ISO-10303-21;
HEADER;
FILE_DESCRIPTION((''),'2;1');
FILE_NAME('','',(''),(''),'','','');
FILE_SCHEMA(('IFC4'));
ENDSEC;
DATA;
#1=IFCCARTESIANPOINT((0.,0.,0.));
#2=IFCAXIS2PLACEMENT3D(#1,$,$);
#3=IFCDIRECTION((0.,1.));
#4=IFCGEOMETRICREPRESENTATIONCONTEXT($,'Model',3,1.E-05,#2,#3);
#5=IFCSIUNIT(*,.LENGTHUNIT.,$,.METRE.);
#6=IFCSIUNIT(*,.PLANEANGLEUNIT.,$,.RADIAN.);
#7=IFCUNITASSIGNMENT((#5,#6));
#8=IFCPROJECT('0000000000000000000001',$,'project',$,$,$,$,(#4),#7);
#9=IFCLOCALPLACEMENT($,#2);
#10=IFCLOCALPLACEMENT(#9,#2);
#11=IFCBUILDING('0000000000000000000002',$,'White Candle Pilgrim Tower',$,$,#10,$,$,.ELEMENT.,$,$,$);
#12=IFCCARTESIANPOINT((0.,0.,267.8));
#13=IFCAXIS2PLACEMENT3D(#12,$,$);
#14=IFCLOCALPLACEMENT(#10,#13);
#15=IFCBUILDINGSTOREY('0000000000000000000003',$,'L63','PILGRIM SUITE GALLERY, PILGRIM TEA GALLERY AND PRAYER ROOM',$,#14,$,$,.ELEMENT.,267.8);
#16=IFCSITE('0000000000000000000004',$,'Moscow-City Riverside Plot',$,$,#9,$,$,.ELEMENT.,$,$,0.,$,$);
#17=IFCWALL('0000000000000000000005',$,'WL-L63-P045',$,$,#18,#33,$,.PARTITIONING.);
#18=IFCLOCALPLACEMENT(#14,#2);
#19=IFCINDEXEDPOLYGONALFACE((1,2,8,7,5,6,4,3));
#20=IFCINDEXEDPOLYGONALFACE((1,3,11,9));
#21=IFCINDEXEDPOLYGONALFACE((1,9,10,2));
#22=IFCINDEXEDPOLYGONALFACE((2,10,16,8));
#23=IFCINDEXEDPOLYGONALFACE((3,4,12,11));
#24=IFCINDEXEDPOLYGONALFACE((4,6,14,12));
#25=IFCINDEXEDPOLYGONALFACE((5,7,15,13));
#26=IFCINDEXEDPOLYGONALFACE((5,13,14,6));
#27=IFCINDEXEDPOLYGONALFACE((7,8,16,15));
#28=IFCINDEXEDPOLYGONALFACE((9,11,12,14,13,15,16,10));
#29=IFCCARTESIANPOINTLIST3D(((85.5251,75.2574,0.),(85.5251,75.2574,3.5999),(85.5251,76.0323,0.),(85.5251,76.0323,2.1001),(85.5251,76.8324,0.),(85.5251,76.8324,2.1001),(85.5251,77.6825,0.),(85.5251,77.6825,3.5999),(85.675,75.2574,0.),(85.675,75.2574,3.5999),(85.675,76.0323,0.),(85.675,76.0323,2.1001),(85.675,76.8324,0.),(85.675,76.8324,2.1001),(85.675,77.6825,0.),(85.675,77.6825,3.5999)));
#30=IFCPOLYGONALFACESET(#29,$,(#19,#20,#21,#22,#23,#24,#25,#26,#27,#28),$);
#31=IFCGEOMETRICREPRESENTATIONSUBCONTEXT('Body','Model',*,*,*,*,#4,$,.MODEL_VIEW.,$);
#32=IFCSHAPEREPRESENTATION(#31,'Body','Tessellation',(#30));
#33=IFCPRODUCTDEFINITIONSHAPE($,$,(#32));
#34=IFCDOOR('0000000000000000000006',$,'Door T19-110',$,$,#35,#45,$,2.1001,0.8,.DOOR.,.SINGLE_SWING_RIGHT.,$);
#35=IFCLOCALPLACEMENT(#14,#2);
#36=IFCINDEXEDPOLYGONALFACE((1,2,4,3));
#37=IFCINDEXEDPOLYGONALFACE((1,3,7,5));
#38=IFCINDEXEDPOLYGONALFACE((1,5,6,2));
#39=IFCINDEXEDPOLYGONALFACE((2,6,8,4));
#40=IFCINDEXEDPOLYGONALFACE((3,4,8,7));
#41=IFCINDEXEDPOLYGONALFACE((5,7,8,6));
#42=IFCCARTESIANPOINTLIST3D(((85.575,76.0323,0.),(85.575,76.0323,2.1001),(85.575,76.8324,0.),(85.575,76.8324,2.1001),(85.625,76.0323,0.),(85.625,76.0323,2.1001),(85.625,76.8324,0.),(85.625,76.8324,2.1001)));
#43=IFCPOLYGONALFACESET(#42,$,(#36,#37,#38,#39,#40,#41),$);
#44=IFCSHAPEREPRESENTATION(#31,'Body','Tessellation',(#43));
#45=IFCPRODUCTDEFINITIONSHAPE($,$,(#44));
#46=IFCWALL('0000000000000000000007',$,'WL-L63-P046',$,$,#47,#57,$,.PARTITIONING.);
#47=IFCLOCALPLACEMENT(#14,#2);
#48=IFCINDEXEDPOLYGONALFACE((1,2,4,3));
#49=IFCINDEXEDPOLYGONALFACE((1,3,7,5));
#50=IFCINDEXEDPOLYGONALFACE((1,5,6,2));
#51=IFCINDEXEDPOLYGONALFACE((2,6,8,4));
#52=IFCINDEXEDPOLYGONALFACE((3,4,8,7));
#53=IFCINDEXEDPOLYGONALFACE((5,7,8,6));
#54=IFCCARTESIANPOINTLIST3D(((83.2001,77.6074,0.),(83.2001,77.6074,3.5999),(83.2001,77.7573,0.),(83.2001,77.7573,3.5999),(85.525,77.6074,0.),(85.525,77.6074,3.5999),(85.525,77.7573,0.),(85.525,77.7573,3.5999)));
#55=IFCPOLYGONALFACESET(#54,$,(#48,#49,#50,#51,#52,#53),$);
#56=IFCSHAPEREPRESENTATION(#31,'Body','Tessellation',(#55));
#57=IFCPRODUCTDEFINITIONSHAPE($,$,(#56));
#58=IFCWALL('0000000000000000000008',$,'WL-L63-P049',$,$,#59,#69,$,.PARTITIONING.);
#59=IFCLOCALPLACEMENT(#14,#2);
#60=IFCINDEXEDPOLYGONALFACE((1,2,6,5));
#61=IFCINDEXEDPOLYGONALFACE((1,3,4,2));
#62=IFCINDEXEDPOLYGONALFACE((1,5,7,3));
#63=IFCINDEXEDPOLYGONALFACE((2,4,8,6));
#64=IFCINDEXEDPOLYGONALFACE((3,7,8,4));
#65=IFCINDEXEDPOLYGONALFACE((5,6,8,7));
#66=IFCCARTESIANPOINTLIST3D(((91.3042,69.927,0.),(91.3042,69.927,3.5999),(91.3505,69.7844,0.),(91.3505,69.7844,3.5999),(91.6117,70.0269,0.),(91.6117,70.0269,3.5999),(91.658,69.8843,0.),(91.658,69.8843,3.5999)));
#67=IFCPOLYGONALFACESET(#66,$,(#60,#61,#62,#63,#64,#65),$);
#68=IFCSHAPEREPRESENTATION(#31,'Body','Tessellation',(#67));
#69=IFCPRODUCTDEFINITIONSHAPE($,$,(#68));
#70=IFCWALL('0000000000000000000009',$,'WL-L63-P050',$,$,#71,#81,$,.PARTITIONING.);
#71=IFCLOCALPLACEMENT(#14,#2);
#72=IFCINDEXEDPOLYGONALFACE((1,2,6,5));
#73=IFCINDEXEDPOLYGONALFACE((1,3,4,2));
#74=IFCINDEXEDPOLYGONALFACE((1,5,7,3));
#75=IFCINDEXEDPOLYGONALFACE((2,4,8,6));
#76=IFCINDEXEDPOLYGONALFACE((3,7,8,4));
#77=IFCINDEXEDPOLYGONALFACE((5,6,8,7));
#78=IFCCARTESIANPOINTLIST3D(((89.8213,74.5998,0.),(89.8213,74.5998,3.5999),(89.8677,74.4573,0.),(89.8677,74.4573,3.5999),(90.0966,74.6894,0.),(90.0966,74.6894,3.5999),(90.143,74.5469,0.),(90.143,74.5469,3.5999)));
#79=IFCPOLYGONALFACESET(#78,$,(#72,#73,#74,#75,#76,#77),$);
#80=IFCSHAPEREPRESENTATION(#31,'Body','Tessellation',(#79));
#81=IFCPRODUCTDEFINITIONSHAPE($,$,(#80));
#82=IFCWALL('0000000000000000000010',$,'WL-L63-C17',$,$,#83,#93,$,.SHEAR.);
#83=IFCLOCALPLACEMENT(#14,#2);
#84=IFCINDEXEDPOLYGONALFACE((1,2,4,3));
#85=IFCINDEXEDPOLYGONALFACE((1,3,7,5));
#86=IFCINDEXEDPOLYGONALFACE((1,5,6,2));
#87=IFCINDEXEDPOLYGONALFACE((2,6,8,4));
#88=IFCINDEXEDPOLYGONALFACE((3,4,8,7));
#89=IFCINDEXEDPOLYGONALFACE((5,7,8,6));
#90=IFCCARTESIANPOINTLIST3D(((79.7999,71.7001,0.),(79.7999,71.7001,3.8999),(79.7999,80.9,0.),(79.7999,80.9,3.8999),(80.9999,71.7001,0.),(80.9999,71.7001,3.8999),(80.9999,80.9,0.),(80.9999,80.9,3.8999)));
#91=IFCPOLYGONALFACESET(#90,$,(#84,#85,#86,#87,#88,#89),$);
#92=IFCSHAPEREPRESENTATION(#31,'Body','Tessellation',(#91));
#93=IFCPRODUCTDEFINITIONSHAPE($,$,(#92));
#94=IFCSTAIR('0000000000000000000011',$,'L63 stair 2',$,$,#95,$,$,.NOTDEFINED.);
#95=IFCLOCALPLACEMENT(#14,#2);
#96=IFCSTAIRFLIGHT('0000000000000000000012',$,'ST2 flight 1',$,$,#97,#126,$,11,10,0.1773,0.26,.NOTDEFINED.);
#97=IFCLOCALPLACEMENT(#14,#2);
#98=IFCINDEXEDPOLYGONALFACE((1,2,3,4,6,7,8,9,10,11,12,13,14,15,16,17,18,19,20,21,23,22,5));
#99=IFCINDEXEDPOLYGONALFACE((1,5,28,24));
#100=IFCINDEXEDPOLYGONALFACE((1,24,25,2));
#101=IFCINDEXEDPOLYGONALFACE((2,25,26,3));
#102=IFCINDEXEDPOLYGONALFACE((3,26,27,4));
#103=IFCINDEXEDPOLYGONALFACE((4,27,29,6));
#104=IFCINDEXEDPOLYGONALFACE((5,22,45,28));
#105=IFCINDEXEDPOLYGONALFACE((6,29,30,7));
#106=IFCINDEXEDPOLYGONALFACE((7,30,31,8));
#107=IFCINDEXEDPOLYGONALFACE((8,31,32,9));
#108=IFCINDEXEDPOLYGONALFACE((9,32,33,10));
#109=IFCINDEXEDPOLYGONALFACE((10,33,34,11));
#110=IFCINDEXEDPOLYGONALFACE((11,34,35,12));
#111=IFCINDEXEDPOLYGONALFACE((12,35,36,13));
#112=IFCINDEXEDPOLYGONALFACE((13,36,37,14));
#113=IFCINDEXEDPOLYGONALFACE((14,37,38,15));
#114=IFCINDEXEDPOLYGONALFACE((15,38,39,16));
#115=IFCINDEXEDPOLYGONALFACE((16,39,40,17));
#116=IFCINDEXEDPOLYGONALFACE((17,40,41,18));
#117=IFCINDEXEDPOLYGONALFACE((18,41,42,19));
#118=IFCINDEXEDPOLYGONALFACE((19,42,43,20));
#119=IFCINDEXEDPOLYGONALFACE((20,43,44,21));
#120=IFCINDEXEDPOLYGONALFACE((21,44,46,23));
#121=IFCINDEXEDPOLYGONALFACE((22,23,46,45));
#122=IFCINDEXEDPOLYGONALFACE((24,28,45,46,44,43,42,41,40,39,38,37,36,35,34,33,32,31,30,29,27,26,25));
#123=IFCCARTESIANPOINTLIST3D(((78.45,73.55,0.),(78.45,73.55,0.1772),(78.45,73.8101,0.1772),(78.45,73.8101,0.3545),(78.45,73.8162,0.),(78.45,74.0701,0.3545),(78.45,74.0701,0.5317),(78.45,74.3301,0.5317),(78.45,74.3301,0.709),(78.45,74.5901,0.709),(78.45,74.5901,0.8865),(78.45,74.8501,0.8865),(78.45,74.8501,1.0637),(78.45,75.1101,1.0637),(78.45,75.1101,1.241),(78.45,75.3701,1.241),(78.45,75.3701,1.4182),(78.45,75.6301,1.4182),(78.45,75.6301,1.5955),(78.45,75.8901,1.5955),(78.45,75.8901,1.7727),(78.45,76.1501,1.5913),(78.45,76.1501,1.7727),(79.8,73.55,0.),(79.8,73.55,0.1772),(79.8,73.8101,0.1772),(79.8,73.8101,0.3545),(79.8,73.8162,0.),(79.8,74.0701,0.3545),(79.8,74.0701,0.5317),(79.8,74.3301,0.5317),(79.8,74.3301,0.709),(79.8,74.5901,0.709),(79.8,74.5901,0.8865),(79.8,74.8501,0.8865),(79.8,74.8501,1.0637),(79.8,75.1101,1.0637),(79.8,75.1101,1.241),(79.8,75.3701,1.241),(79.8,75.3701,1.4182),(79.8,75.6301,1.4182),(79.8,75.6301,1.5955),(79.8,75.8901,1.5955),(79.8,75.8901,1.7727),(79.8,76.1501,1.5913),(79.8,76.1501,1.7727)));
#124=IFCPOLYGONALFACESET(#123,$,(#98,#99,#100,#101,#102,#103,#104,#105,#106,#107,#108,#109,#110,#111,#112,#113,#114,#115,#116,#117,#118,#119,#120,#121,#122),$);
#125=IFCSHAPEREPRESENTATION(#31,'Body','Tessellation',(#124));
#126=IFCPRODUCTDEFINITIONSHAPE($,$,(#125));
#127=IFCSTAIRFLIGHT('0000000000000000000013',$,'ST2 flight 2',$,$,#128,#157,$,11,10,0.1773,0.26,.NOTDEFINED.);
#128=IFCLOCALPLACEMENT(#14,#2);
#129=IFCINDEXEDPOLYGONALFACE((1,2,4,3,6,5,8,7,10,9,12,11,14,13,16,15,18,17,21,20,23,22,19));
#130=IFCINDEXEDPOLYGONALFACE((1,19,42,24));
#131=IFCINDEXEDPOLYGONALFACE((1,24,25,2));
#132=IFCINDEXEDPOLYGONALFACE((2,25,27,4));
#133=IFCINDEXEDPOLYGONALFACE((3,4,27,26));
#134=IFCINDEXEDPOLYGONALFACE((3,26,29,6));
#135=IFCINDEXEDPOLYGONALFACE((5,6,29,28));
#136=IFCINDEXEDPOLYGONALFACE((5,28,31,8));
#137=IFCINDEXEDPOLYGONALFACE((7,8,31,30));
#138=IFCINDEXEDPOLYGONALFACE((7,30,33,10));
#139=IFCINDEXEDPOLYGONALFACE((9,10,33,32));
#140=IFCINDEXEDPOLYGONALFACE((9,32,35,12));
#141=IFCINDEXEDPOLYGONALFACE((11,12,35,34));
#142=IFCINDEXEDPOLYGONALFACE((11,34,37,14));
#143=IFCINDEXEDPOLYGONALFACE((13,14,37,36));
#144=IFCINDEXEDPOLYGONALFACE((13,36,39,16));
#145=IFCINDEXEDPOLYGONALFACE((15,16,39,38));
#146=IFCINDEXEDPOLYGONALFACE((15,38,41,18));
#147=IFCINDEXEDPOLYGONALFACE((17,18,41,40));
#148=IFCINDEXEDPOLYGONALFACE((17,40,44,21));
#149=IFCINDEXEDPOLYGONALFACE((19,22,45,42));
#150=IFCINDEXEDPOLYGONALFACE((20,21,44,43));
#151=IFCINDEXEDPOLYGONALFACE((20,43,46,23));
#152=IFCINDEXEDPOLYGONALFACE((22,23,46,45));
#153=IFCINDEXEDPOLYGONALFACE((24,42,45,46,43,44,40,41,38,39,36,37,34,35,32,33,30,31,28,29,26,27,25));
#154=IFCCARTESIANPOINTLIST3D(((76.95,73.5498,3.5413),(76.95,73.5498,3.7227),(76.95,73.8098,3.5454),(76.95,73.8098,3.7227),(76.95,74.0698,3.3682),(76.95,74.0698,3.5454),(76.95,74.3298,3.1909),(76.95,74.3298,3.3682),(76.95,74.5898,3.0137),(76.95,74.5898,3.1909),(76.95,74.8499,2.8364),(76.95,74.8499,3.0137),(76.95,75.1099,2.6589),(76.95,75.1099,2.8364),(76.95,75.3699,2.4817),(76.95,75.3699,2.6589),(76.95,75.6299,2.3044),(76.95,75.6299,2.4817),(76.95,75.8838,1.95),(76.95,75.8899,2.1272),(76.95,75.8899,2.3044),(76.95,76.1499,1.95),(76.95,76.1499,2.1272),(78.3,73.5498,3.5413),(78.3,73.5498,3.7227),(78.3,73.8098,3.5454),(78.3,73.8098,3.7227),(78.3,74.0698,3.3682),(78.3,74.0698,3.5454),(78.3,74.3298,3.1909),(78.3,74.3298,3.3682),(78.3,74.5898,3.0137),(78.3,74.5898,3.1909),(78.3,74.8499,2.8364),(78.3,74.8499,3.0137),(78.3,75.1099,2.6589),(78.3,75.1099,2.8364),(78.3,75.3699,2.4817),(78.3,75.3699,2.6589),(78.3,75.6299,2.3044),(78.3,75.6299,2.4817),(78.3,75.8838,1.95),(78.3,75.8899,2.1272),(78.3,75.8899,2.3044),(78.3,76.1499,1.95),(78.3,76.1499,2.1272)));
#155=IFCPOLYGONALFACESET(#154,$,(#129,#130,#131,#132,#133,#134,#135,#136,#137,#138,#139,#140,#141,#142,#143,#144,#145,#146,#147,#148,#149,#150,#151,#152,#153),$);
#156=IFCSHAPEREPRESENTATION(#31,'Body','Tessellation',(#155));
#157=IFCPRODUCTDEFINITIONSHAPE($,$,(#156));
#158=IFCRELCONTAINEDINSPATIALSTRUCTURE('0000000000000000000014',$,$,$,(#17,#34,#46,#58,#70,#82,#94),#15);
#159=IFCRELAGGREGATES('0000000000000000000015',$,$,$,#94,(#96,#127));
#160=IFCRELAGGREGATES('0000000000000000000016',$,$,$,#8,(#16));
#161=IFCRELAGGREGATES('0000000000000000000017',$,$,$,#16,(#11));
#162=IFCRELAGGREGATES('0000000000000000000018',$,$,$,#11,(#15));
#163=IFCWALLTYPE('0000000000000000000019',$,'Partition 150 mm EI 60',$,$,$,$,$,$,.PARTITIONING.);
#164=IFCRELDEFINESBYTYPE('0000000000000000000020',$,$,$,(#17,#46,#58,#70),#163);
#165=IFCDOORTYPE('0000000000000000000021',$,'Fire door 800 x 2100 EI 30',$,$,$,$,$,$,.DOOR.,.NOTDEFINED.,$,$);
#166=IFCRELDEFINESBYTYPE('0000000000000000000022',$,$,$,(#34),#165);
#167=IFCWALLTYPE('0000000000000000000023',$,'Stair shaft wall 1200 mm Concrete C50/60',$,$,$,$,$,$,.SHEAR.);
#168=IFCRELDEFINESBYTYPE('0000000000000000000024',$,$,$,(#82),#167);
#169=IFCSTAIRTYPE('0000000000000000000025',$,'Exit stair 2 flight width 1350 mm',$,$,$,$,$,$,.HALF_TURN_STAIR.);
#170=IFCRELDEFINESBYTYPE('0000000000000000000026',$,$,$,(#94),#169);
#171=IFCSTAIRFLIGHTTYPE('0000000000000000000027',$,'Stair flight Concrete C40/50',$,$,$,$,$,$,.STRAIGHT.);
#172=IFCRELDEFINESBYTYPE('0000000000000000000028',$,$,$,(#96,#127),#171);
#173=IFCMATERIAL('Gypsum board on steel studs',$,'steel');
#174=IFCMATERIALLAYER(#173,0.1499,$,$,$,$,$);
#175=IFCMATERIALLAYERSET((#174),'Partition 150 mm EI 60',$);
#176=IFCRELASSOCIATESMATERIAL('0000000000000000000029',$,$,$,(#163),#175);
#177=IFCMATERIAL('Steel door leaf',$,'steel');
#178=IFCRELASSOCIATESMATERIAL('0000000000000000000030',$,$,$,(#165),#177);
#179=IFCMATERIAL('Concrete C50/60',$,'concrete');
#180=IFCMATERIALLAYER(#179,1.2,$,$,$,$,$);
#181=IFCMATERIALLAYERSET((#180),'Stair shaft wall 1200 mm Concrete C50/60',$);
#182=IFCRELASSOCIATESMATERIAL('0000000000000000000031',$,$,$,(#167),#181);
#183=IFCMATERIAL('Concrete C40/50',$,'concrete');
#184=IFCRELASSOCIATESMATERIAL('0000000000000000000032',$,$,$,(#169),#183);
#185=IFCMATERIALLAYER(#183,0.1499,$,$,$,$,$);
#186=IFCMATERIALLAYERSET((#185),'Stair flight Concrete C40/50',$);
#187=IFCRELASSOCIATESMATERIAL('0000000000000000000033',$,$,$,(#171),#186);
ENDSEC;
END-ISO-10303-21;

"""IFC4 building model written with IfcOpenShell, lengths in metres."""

from ifc_helpers import new_model, si_unit, direction, frame, frame_2d, origin, place, context, subcontext, project, spatial, polyline, rectangle, outline, extrude, material, layer, layer_set, type_object, element, fill, aggregate, save


model = new_model("IFC4")

# Units and contexts
model_context = context("Model", 3, precision=1e-05, world=origin(), true_north=direction((0.0, 1.0)))
body_context = subcontext(model_context, "Body", "Model", "MODEL_VIEW")
ifc_project = project(units=[si_unit("LENGTHUNIT", "METRE"), si_unit("PLANEANGLEUNIT", "RADIAN")], contexts=[model_context])

# Site, building, storey
site_placement = place(None, origin())
site = spatial("IfcSite", under=ifc_project, at=site_placement, Name="Moscow-City Riverside Plot", CompositionType="ELEMENT", RefElevation=0.0)
building_placement = place(site_placement, origin())
building = spatial("IfcBuilding", under=site, at=building_placement, Name="White Candle Pilgrim Tower", CompositionType="ELEMENT")
storey_placement = place(building_placement, frame((0.0, 0.0, 267.8)))
storey = spatial("IfcBuildingStorey", under=building, at=storey_placement, Name="L63", Description="PILGRIM SUITE GALLERY, PILGRIM TEA GALLERY AND PRAYER ROOM", CompositionType="ELEMENT", Elevation=267.8)

# Shared definitions
ifc_material_1 = material(Name="Concrete C50/60", Category="concrete")

# Shared definitions
ifc_material_2 = material(Name="Steel door leaf", Category="steel")

# Shared definitions
ifc_material_3 = material(Name="Gypsum board on steel studs", Category="steel")

# Shared definitions
ifc_layer_1 = layer(ifc_material_3, 0.1499)
ifc_layer_set_1 = layer_set([ifc_layer_1], Name="Partition 150 mm EI 60")
wall_type_1 = type_object("IfcWallType", Name="Partition 150 mm EI 60", PredefinedType="PARTITIONING", material=ifc_layer_set_1)

# Wall, opening, door
wall_1_placement = place(storey_placement, frame((85.6001, 77.6824, 0.0), z_axis=(0.0, 0.0, 1.0), x_axis=(0.0, -1.0, 0.0)))
wall_1 = element("IfcWall", 1, at=wall_1_placement, inside=storey, type_object=wall_type_1, Name="WL-L63-P045", PredefinedType="PARTITIONING", context=body_context, shape_type="SweptSolid", body=[
    extrude(rectangle(XDim=2.425, YDim=0.1499, at=frame_2d((1.2124, 0.0))), origin(), (0.0, 0.0, 1.0), 3.5999),
])
opening_1_placement = place(wall_1_placement, frame((0.8501, 0.0, 0.0)))
opening_1 = element("IfcOpeningElement", 2, at=opening_1_placement, cuts=wall_1, PredefinedType="OPENING", context=body_context, shape_type="SweptSolid", body=[
    extrude(rectangle(XDim=0.8, YDim=2.1001, at=frame_2d((0.3999, 1.05))), frame((0.0, 0.085, 0.0), z_axis=(0.0, -1.0, 0.0), x_axis=(1.0, 0.0, 0.0)), (0.0, 0.0, 1.0), 0.1699),
])
door_type_1 = type_object("IfcDoorType", Name="Fire door 800 x 2100 EI 30", OperationType="NOTDEFINED", PredefinedType="DOOR", material=ifc_material_2)
door_1_placement = place(opening_1_placement, origin())
door_1 = element("IfcDoor", 3, at=door_1_placement, inside=storey, type_object=door_type_1, Name="Door T19-110", OperationType="SINGLE_SWING_RIGHT", OverallHeight=2.1001, OverallWidth=0.8, PredefinedType="DOOR", context=body_context, shape_type="SweptSolid", body=[
    extrude(rectangle(XDim=0.8, YDim=2.1001, at=frame_2d((0.3999, 1.05))), frame((0.0, 0.0249, 0.0), z_axis=(0.0, -1.0, 0.0), x_axis=(1.0, 0.0, 0.0)), (0.0, 0.0, 1.0), 0.05),
])
fill(opening_1, door_1)

# Walls
wall_2_placement = place(storey_placement, frame((83.2, 77.6824, 0.0), z_axis=(0.0, 0.0, 1.0), x_axis=(1.0, 0.0, 0.0)))
element("IfcWall", 4, at=wall_2_placement, inside=storey, type_object=wall_type_1, Name="WL-L63-P046", PredefinedType="PARTITIONING", context=body_context, shape_type="SweptSolid", body=[
    extrude(rectangle(XDim=2.325, YDim=0.1499, at=frame_2d((1.1626, 0.0))), origin(), (0.0, 0.0, 1.0), 3.5999),
])
wall_3_placement = place(storey_placement, frame((91.3274, 69.8557, 0.0), z_axis=(0.0, 0.0, 1.0), x_axis=(0.951073, 0.308967, 0.0)))
element("IfcWall", 5, at=wall_3_placement, inside=storey, type_object=wall_type_1, Name="WL-L63-P049", PredefinedType="PARTITIONING", context=body_context, shape_type="SweptSolid", body=[
    extrude(rectangle(XDim=0.3232, YDim=0.1499, at=frame_2d((0.1616, 0.0))), origin(), (0.0, 0.0, 1.0), 3.5999),
])
wall_4_placement = place(storey_placement, frame((89.8445, 74.5286, 0.0), z_axis=(0.0, 0.0, 1.0), x_axis=(0.950935, 0.309391, 0.0)))
element("IfcWall", 6, at=wall_4_placement, inside=storey, type_object=wall_type_1, Name="WL-L63-P050", PredefinedType="PARTITIONING", context=body_context, shape_type="SweptSolid", body=[
    extrude(rectangle(XDim=0.2896, YDim=0.1499, at=frame_2d((0.1448, 0.0))), origin(), (0.0, 0.0, 1.0), 3.5999),
])
ifc_layer_2 = layer(ifc_material_1, 1.2)
ifc_layer_set_2 = layer_set([ifc_layer_2], Name="Stair shaft wall 1200 mm Concrete C50/60")
wall_type_2 = type_object("IfcWallType", Name="Stair shaft wall 1200 mm Concrete C50/60", PredefinedType="SHEAR", material=ifc_layer_set_2)
wall_5_placement = place(storey_placement, frame((80.3999, 71.7, 0.0), z_axis=(0.0, 0.0, 1.0), x_axis=(0.0, 1.0, 0.0)))
element("IfcWall", 7, at=wall_5_placement, inside=storey, type_object=wall_type_2, Name="WL-L63-C17", PredefinedType="SHEAR", context=body_context, shape_type="SweptSolid", body=[
    extrude(rectangle(XDim=9.2, YDim=1.2, at=frame_2d((4.6001, 0.0))), origin(), (0.0, 0.0, 1.0), 3.8999),
])

# Stair, stair flights
ifc_material_4 = material(Name="Concrete C40/50", Category="concrete")
stair_type = type_object("IfcStairType", Name="Exit stair 2 flight width 1350 mm", PredefinedType="HALF_TURN_STAIR", material=ifc_material_4)
stair_placement = place(storey_placement, origin())
stair = element("IfcStair", 8, at=stair_placement, inside=storey, type_object=stair_type, Name="L63 stair 2", PredefinedType="NOTDEFINED")
ifc_layer_3 = layer(ifc_material_4, 0.1499)
ifc_layer_set_3 = layer_set([ifc_layer_3], Name="Stair flight Concrete C40/50")
stair_flight_type = type_object("IfcStairFlightType", Name="Stair flight Concrete C40/50", PredefinedType="STRAIGHT", material=ifc_layer_set_3)
stair_flight_1_placement = place(storey_placement, frame((79.125, 73.55, 0.0), z_axis=(0.0, 0.0, 1.0), x_axis=(0.0, 1.0, 0.0)))
stair_flight_1 = element("IfcStairFlight", 9, at=stair_flight_1_placement, type_object=stair_flight_type, Name="ST2 flight 1", NumberOfRisers=11, NumberOfTreads=10, PredefinedType="NOTDEFINED", RiserHeight=0.1773, TreadLength=0.26, context=body_context, shape_type="SweptSolid", body=[
    extrude(outline(polyline([(0.0, 0.0), (0.0, 0.1772), (0.26, 0.1772), (0.26, 0.3545), (0.52, 0.3545), (0.52, 0.5317), (0.78, 0.5317), (0.78, 0.709), (1.04, 0.709), (1.04, 0.8865), (1.3, 0.8865), (1.3, 1.0637), (1.5601, 1.0637), (1.5601, 1.241), (1.8201, 1.241), (1.8201, 1.4182), (2.0801, 1.4182), (2.0801, 1.5955), (2.3401, 1.5955), (2.3401, 1.7727), (2.6001, 1.7727), (2.6001, 1.95), (2.6001, 1.5913), (0.2661, 0.0), (0.0, 0.0)])), frame((0.0, 0.675, 0.0), z_axis=(0.0, -1.0, 0.0), x_axis=(1.0, 0.0, 0.0)), (0.0, 0.0, 1.0), 1.3501),
])
stair_flight_2_placement = place(storey_placement, frame((77.625, 76.1499, 1.95), z_axis=(0.0, 0.0, 1.0), x_axis=(0.0, -1.0, 0.0)))
stair_flight_2 = element("IfcStairFlight", 10, at=stair_flight_2_placement, type_object=stair_flight_type, Name="ST2 flight 2", NumberOfRisers=11, NumberOfTreads=10, PredefinedType="NOTDEFINED", RiserHeight=0.1773, TreadLength=0.26, context=body_context, shape_type="SweptSolid", body=[
    extrude(outline(polyline([(0.0, 0.0), (0.0, 0.1772), (0.26, 0.1772), (0.26, 0.3545), (0.52, 0.3545), (0.52, 0.5317), (0.78, 0.5317), (0.78, 0.709), (1.04, 0.709), (1.04, 0.8865), (1.3, 0.8865), (1.3, 1.0637), (1.5601, 1.0637), (1.5601, 1.241), (1.8201, 1.241), (1.8201, 1.4182), (2.0801, 1.4182), (2.0801, 1.5955), (2.3401, 1.5955), (2.3401, 1.7727), (2.6001, 1.7727), (2.6001, 1.95), (2.6001, 1.5913), (0.2661, 0.0), (0.0, 0.0)])), frame((0.0, 0.675, 0.0), z_axis=(0.0, -1.0, 0.0), x_axis=(1.0, 0.0, 0.0)), (0.0, 0.0, 1.0), 1.3501),
])
aggregate(stair, [stair_flight_1, stair_flight_2])

save(model, "model.ifc")
